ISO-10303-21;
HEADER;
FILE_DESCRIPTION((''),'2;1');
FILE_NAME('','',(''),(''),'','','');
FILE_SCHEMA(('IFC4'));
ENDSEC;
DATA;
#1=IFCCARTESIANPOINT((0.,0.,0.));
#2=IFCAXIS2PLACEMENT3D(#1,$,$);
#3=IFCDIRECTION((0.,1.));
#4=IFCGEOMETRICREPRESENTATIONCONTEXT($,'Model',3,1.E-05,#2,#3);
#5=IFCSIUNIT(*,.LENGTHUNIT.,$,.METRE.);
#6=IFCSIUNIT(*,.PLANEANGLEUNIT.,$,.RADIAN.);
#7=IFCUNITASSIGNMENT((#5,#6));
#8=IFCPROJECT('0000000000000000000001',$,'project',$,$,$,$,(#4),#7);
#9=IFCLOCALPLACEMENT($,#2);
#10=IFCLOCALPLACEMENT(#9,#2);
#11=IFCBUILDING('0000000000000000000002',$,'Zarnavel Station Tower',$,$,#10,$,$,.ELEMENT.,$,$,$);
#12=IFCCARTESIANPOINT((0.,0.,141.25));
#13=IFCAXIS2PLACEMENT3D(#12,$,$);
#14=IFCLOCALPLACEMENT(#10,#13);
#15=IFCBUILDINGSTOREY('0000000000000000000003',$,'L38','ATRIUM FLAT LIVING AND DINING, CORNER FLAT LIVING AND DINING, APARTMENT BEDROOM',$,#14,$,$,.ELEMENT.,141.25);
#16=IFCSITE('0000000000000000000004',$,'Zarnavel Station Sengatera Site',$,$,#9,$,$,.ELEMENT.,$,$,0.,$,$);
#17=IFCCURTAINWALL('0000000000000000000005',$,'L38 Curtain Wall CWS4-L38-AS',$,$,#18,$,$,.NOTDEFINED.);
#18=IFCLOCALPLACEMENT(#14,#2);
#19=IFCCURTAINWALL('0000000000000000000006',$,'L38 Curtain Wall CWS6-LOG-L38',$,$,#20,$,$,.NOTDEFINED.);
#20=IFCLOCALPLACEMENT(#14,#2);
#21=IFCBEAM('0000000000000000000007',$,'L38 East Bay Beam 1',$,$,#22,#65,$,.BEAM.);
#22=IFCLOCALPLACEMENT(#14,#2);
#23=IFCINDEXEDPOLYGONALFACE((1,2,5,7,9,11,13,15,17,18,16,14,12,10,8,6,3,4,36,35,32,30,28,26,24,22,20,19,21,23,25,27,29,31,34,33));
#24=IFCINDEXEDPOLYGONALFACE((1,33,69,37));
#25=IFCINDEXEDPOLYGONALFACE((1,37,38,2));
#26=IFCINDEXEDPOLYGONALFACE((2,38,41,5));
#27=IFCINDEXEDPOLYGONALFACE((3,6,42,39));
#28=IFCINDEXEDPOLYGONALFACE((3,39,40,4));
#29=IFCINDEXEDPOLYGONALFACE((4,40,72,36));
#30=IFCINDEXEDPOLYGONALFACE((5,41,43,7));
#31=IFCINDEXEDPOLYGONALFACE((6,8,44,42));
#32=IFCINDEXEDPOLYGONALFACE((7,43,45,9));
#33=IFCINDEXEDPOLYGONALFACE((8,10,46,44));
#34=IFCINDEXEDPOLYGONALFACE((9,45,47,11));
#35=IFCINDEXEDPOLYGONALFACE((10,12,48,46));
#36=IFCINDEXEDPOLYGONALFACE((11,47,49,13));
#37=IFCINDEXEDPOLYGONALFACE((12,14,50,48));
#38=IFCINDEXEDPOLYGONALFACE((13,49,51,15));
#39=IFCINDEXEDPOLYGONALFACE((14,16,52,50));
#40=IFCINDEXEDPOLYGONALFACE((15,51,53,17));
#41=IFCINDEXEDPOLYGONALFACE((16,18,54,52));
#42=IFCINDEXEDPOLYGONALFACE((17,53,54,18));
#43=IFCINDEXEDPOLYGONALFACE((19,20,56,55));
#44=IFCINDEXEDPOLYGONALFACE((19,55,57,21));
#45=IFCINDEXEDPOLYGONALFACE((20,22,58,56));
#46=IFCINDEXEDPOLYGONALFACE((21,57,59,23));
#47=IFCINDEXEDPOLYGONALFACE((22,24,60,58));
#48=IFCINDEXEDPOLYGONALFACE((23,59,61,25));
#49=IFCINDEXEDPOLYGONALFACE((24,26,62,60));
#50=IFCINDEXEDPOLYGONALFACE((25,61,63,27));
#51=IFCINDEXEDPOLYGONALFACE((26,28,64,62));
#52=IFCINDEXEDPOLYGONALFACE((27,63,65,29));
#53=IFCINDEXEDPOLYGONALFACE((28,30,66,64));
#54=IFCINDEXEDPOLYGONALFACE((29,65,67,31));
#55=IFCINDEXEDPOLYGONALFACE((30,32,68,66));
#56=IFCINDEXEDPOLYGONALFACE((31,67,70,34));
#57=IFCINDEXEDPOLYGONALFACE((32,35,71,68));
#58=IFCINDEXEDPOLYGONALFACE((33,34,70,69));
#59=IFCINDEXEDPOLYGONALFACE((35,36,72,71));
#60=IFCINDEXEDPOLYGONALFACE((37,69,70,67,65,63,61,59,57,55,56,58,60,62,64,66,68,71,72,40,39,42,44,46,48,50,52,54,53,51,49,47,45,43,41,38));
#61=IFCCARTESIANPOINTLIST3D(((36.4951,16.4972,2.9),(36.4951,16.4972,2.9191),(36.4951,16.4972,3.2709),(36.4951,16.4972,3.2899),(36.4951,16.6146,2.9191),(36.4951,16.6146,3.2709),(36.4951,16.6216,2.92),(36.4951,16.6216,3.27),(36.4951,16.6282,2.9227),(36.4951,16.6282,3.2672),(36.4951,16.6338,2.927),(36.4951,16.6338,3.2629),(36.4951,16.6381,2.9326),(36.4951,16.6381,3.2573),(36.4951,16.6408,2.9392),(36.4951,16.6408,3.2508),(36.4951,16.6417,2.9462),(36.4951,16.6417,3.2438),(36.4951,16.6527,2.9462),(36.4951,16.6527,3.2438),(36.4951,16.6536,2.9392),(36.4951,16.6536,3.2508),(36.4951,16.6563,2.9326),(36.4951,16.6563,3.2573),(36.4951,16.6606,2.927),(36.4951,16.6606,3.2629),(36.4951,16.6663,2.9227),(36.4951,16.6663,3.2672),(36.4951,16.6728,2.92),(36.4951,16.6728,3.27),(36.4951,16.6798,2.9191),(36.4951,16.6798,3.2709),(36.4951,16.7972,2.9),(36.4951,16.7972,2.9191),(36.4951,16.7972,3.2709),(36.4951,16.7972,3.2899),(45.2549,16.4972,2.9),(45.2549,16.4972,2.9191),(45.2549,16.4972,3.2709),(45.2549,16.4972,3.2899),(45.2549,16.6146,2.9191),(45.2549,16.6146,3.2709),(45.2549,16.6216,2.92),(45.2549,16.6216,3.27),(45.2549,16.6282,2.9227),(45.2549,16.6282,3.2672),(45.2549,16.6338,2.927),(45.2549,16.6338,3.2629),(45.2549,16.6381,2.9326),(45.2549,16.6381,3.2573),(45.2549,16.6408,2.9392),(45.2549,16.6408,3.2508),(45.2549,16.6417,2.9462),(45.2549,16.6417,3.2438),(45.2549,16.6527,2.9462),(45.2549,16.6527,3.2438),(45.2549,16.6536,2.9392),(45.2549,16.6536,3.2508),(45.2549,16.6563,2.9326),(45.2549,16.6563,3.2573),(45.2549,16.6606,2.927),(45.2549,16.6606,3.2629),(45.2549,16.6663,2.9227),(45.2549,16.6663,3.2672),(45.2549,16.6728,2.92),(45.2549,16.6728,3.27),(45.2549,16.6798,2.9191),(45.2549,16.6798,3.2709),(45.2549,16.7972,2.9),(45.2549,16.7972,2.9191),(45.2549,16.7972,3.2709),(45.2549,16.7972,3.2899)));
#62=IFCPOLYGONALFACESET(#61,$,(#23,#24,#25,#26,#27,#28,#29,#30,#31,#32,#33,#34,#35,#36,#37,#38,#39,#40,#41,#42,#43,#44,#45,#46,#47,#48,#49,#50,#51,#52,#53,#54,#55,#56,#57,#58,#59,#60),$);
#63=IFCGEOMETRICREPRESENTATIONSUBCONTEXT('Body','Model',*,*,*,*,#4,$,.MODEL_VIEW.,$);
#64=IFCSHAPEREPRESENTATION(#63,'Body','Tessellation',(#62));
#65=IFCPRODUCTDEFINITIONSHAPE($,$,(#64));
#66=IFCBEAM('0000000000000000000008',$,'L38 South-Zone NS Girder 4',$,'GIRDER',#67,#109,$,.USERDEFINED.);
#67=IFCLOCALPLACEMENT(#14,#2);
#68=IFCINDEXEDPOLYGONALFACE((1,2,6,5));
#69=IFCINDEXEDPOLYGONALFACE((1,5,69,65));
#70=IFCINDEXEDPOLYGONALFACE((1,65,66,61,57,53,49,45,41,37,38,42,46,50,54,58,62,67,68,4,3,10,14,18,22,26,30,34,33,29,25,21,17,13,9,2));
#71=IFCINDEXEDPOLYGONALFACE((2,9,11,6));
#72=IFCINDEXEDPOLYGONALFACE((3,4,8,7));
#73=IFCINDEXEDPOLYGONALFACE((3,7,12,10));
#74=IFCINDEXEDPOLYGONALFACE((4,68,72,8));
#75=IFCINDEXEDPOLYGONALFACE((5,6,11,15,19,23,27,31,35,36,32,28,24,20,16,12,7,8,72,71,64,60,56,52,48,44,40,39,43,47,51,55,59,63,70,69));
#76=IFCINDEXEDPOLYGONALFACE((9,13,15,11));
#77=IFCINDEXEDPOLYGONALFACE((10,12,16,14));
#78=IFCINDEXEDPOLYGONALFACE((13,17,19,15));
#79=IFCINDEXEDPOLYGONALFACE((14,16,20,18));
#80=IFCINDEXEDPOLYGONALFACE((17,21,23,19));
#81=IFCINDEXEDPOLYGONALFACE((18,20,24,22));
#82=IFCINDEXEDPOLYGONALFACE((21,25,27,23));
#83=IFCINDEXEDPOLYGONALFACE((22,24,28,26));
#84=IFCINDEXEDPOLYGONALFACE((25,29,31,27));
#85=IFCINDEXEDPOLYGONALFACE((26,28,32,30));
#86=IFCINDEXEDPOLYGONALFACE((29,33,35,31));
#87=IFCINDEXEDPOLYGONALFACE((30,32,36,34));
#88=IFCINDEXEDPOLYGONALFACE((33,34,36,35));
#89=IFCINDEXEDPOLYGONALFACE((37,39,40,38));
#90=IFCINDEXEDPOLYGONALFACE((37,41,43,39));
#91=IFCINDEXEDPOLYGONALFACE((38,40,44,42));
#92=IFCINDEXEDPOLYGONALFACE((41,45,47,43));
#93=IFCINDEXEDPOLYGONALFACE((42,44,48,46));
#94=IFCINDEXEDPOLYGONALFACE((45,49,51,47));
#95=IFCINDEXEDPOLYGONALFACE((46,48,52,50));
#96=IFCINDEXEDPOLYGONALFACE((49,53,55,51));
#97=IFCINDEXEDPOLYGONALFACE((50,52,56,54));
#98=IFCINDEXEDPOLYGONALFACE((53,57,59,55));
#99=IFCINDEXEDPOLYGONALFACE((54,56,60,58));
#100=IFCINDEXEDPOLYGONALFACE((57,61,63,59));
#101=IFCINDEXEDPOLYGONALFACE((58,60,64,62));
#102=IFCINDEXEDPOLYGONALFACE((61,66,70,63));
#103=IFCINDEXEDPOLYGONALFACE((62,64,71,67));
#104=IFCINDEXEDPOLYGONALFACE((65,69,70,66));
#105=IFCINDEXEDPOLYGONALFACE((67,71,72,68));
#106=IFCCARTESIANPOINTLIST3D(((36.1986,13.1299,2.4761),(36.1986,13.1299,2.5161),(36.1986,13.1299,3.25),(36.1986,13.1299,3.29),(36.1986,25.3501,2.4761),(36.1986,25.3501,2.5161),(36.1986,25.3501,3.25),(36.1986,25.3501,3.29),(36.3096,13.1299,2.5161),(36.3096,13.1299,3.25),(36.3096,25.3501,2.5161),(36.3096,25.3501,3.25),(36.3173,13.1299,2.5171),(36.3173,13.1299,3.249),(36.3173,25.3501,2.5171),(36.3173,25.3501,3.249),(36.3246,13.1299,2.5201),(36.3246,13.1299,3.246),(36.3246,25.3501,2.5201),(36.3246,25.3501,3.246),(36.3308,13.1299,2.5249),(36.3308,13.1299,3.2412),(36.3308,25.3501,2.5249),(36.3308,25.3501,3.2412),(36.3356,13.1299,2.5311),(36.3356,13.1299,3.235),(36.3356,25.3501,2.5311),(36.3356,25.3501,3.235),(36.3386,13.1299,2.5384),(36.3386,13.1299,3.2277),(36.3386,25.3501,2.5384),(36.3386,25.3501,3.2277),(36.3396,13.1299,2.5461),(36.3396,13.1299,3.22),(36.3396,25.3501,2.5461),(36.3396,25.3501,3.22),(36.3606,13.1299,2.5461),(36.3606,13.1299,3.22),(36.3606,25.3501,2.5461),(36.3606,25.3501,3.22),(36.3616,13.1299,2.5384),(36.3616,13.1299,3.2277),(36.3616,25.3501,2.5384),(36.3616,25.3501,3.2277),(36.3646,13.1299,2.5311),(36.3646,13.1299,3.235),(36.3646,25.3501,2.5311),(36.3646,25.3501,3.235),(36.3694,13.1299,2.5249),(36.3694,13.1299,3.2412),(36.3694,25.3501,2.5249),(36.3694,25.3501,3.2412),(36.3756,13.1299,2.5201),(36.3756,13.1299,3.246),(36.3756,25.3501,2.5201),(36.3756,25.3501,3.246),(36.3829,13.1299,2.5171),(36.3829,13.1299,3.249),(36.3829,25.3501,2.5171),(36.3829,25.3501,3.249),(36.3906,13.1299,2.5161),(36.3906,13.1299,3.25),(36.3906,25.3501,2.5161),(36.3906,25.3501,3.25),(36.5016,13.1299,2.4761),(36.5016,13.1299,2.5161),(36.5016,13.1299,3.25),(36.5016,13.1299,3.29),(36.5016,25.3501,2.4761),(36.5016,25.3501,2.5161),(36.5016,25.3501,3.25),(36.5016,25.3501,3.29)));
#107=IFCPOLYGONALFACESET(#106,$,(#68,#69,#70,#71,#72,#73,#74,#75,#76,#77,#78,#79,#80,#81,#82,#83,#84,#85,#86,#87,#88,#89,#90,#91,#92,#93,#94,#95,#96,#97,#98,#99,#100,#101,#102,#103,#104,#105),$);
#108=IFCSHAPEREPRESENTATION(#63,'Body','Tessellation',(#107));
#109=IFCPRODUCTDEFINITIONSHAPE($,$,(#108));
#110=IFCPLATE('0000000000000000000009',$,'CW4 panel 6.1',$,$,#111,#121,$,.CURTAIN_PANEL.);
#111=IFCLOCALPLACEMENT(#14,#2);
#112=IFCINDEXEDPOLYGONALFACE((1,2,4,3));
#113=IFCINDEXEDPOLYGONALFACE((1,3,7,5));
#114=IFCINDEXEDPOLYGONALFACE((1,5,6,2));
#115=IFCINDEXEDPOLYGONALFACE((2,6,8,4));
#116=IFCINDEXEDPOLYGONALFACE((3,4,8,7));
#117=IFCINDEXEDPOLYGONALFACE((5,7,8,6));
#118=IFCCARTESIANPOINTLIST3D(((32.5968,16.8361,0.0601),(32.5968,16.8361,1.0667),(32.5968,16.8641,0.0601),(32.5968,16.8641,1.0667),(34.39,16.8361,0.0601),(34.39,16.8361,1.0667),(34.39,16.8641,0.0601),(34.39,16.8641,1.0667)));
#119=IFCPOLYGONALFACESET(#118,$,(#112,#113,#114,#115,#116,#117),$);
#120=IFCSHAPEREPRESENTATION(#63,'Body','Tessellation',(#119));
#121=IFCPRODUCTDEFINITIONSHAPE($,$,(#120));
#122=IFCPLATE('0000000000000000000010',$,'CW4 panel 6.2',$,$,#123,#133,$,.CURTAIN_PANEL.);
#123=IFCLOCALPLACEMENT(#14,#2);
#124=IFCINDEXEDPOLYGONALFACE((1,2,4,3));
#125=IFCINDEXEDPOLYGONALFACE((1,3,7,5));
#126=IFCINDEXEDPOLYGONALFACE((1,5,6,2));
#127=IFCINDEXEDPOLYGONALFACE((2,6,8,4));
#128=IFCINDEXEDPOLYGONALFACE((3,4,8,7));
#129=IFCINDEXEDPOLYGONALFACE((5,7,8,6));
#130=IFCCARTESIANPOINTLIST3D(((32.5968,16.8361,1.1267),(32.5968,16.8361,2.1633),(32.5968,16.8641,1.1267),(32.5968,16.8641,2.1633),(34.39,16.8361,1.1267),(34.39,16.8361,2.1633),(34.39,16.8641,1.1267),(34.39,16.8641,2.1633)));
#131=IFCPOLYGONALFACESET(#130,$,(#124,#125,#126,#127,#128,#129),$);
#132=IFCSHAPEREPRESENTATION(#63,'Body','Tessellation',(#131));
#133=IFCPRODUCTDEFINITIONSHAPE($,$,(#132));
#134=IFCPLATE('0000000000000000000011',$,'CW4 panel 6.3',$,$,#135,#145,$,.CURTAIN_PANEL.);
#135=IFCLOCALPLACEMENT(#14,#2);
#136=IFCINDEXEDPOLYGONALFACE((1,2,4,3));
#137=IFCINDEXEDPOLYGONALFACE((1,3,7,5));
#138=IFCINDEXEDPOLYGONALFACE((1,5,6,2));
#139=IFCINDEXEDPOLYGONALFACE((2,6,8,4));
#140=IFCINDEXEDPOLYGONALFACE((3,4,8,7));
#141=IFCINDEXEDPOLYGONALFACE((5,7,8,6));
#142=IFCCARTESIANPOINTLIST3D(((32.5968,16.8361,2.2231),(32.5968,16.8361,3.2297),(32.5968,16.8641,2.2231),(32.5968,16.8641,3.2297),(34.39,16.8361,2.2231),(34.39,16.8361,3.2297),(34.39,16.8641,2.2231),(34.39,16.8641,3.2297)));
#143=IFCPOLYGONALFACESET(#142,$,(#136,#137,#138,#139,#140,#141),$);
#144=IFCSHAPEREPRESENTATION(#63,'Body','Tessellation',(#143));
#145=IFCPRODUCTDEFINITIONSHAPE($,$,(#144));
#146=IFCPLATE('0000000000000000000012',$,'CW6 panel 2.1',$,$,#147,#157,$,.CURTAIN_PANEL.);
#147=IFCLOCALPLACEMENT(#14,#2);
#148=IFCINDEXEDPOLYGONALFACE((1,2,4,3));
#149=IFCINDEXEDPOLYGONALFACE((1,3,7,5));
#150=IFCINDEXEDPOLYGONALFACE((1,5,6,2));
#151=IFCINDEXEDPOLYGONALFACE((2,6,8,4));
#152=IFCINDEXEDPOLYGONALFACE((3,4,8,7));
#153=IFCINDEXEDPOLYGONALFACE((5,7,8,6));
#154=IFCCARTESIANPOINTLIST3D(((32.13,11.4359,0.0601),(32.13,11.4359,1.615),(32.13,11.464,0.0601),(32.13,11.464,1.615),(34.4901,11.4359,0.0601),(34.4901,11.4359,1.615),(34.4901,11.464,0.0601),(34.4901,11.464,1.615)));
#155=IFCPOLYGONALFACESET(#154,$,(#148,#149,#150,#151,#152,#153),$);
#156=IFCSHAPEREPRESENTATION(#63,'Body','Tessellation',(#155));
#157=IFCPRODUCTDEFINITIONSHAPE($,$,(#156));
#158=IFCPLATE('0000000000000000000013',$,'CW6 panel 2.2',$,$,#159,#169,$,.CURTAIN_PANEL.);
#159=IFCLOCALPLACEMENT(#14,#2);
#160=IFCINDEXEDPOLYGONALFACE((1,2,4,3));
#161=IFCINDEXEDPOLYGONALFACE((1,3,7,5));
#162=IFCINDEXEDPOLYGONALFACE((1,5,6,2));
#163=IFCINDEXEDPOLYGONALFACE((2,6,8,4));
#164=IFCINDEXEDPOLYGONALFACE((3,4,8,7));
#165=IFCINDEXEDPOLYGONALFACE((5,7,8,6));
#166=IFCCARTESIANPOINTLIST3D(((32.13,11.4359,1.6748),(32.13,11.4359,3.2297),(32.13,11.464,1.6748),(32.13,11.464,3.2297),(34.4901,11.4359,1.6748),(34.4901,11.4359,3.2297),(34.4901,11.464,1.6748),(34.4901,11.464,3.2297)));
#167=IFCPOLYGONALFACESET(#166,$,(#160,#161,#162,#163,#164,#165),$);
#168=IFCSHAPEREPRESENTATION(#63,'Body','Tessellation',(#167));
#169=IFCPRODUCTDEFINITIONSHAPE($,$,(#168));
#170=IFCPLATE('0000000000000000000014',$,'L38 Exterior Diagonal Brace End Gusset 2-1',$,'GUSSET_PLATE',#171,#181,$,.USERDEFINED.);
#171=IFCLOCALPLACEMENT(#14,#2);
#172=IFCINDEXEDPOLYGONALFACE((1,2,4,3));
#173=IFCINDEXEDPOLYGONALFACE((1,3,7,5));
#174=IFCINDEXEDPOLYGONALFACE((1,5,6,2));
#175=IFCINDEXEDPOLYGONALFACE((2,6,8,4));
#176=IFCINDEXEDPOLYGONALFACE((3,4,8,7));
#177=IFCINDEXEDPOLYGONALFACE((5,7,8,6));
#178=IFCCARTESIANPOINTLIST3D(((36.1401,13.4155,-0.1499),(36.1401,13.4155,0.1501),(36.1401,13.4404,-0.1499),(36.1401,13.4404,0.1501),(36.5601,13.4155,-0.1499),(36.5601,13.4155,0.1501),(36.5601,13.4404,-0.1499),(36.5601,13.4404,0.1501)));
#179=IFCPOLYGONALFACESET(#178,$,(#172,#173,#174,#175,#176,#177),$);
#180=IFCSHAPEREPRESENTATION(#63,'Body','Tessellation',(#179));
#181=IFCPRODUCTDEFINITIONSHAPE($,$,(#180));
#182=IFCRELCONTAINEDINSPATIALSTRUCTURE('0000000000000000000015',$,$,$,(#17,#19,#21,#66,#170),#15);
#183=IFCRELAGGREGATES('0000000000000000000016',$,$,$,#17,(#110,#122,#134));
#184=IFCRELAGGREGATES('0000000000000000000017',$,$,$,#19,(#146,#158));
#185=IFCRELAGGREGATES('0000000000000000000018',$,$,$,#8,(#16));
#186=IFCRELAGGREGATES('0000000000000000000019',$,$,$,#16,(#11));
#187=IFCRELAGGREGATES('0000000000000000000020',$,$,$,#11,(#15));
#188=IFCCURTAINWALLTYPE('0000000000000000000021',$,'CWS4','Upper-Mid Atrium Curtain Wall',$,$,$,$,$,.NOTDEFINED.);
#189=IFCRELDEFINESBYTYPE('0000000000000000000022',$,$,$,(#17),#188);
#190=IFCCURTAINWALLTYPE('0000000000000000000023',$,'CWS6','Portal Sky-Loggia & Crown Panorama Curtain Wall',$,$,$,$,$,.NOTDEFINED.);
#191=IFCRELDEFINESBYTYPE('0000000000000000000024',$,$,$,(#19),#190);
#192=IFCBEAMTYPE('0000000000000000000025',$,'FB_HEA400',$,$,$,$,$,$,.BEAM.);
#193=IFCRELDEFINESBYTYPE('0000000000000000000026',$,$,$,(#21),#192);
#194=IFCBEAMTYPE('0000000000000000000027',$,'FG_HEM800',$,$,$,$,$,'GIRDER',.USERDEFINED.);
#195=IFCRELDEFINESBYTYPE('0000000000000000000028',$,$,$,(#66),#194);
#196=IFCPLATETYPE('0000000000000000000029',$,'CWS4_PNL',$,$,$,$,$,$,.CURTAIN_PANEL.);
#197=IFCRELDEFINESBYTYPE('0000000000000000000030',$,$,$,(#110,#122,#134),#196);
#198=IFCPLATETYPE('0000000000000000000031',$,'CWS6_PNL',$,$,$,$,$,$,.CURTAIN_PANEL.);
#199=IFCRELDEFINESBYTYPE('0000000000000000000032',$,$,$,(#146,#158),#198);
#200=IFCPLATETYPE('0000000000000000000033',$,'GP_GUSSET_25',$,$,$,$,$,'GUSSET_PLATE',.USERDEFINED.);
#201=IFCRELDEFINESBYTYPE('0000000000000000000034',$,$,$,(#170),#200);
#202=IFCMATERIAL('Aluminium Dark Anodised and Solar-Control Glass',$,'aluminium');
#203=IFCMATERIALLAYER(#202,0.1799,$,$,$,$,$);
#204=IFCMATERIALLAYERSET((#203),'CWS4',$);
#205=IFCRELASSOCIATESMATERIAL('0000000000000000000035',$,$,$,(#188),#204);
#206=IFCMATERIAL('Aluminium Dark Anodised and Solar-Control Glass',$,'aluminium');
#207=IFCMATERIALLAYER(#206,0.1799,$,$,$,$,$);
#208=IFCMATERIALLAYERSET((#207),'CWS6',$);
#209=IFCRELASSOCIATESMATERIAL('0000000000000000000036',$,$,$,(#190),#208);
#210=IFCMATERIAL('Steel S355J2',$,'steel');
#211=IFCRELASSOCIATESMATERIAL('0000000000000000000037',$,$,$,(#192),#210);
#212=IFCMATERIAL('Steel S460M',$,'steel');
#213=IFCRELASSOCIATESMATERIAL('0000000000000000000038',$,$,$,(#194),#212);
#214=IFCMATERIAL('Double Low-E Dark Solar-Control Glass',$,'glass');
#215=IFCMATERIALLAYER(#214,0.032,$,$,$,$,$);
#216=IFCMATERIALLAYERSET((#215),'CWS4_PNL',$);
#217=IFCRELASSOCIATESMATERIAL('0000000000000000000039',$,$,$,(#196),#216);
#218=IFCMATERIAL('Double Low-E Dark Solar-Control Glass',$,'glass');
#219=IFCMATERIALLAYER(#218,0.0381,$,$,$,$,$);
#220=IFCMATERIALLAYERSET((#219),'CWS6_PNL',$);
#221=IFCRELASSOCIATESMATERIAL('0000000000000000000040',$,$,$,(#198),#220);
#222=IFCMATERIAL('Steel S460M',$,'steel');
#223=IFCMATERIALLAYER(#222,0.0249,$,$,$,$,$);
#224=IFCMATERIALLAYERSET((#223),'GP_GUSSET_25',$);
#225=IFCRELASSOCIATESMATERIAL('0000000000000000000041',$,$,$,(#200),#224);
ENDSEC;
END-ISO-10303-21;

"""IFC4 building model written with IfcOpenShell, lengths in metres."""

from ifc_helpers import new_model, si_unit, direction, frame, origin, origin_2d, place, context, subcontext, project, spatial, rectangle, i_section, extrude, material, layer, layer_set, material_profile, profile_set, type_object, element, aggregate, save


model = new_model("IFC4")

# Units and contexts
model_context = context("Model", 3, precision=1e-05, world=origin(), true_north=direction((0.0, 1.0)))
body_context = subcontext(model_context, "Body", "Model", "MODEL_VIEW")
ifc_project = project(units=[si_unit("LENGTHUNIT", "METRE"), si_unit("PLANEANGLEUNIT", "RADIAN")], contexts=[model_context])

# Site, building, storey
site_placement = place(None, origin())
site = spatial("IfcSite", under=ifc_project, at=site_placement, Name="Zarnavel Station Sengatera Site", CompositionType="ELEMENT", RefElevation=0.0)
building_placement = place(site_placement, origin())
building = spatial("IfcBuilding", under=site, at=building_placement, Name="Zarnavel Station Tower", CompositionType="ELEMENT")
storey_placement = place(building_placement, frame((0.0, 0.0, 141.25)))
storey = spatial("IfcBuildingStorey", under=building, at=storey_placement, Name="L38", Description="ATRIUM FLAT LIVING AND DINING, CORNER FLAT LIVING AND DINING, APARTMENT BEDROOM", CompositionType="ELEMENT", Elevation=141.25)

# Curtain walls
ifc_material_1 = material(Name="Aluminium Dark Anodised and Solar-Control Glass", Category="aluminium")
ifc_layer_1 = layer(ifc_material_1, 0.1799)
ifc_layer_set_1 = layer_set([ifc_layer_1], Name="CWS4")
curtain_wall_type_1 = type_object("IfcCurtainWallType", Name="CWS4", Description="Upper-Mid Atrium Curtain Wall", PredefinedType="NOTDEFINED", material=ifc_layer_set_1)
curtain_wall_1_placement = place(storey_placement, origin())
curtain_wall_1 = element("IfcCurtainWall", 1, at=curtain_wall_1_placement, inside=storey, type_object=curtain_wall_type_1, Name="L38 Curtain Wall CWS4-L38-AS", PredefinedType="NOTDEFINED")
ifc_material_2 = material(Name="Aluminium Dark Anodised and Solar-Control Glass", Category="aluminium")
ifc_layer_2 = layer(ifc_material_2, 0.1799)
ifc_layer_set_2 = layer_set([ifc_layer_2], Name="CWS6")
curtain_wall_type_2 = type_object("IfcCurtainWallType", Name="CWS6", Description="Portal Sky-Loggia & Crown Panorama Curtain Wall", PredefinedType="NOTDEFINED", material=ifc_layer_set_2)
curtain_wall_2_placement = place(storey_placement, origin())
curtain_wall_2 = element("IfcCurtainWall", 2, at=curtain_wall_2_placement, inside=storey, type_object=curtain_wall_type_2, Name="L38 Curtain Wall CWS6-LOG-L38", PredefinedType="NOTDEFINED")

# Beams
ifc_material_3 = material(Name="Steel S355J2", Category="steel")
ifc_material_profile_1 = material_profile(ifc_material_3, i_section(OverallWidth=0.3, OverallDepth=0.3899, WebThickness=0.011, FlangeThickness=0.019, FilletRadius=0.0271, at=origin_2d()), Name="HEA400")
ifc_profile_set_1 = profile_set([ifc_material_profile_1], Name="Steel S355J2")
beam_type_1 = type_object("IfcBeamType", Name="FB_HEA400", PredefinedType="BEAM", material=ifc_profile_set_1)
beam_1_placement = place(storey_placement, frame((36.4951, 16.6472, 3.095), z_axis=(1.0, 0.0, 0.0), x_axis=(0.0, 1.0, 0.0)))
element("IfcBeam", 3, at=beam_1_placement, inside=storey, type_object=beam_type_1, Name="L38 East Bay Beam 1", PredefinedType="BEAM", context=body_context, shape_type="SweptSolid", body=[
    extrude(i_section(OverallWidth=0.3, OverallDepth=0.3899, WebThickness=0.011, FlangeThickness=0.019, FilletRadius=0.0271, at=origin_2d()), origin(), (0.0, 0.0, 1.0), 8.7598),
])
ifc_material_4 = material(Name="Steel S460M", Category="steel")
ifc_material_profile_2 = material_profile(ifc_material_4, i_section(OverallWidth=0.303, OverallDepth=0.814, WebThickness=0.021, FlangeThickness=0.04, FilletRadius=0.03, at=origin_2d()), Name="HEM800")
ifc_profile_set_2 = profile_set([ifc_material_profile_2], Name="Steel S460M")
beam_type_2 = type_object("IfcBeamType", Name="FG_HEM800", ElementType="GIRDER", PredefinedType="USERDEFINED", material=ifc_profile_set_2)
beam_2_placement = place(storey_placement, frame((36.3501, 13.1299, 2.8831), z_axis=(0.0, 1.0, 0.0), x_axis=(-1.0, 0.0, 0.0)))
element("IfcBeam", 4, at=beam_2_placement, inside=storey, type_object=beam_type_2, Name="L38 South-Zone NS Girder 4", ObjectType="GIRDER", PredefinedType="USERDEFINED", context=body_context, shape_type="SweptSolid", body=[
    extrude(i_section(OverallWidth=0.303, OverallDepth=0.814, WebThickness=0.021, FlangeThickness=0.04, FilletRadius=0.03, at=origin_2d()), origin(), (0.0, 0.0, 1.0), 12.2202),
])

# Plates
ifc_material_5 = material(Name="Double Low-E Dark Solar-Control Glass", Category="glass")
ifc_layer_3 = layer(ifc_material_5, 0.032)
ifc_layer_set_3 = layer_set([ifc_layer_3], Name="CWS4_PNL")
plate_type_1 = type_object("IfcPlateType", Name="CWS4_PNL", PredefinedType="CURTAIN_PANEL", material=ifc_layer_set_3)
plate_1_placement = place(storey_placement, frame((33.4934, 16.8501, 0.0601), z_axis=(0.0, 0.0, 1.0), x_axis=(1.0, 0.0, 0.0)))
plate_1 = element("IfcPlate", 5, at=plate_1_placement, type_object=plate_type_1, Name="CW4 panel 6.1", PredefinedType="CURTAIN_PANEL", context=body_context, shape_type="SweptSolid", body=[
    extrude(rectangle(XDim=1.7932, YDim=0.0281, at=origin_2d()), origin(), (0.0, 0.0, 1.0), 1.0066),
])
plate_2_placement = place(storey_placement, frame((33.4934, 16.8501, 1.1267), z_axis=(0.0, 0.0, 1.0), x_axis=(1.0, 0.0, 0.0)))
plate_2 = element("IfcPlate", 6, at=plate_2_placement, type_object=plate_type_1, Name="CW4 panel 6.2", PredefinedType="CURTAIN_PANEL", context=body_context, shape_type="SweptSolid", body=[
    extrude(rectangle(XDim=1.7932, YDim=0.0281, at=origin_2d()), origin(), (0.0, 0.0, 1.0), 1.0366),
])
plate_3_placement = place(storey_placement, frame((33.4934, 16.8501, 2.2231), z_axis=(0.0, 0.0, 1.0), x_axis=(1.0, 0.0, 0.0)))
plate_3 = element("IfcPlate", 7, at=plate_3_placement, type_object=plate_type_1, Name="CW4 panel 6.3", PredefinedType="CURTAIN_PANEL", context=body_context, shape_type="SweptSolid", body=[
    extrude(rectangle(XDim=1.7932, YDim=0.0281, at=origin_2d()), origin(), (0.0, 0.0, 1.0), 1.0066),
])
aggregate(curtain_wall_1, [plate_1, plate_2, plate_3])
ifc_material_6 = material(Name="Double Low-E Dark Solar-Control Glass", Category="glass")
ifc_layer_4 = layer(ifc_material_6, 0.0381)
ifc_layer_set_4 = layer_set([ifc_layer_4], Name="CWS6_PNL")
plate_type_2 = type_object("IfcPlateType", Name="CWS6_PNL", PredefinedType="CURTAIN_PANEL", material=ifc_layer_set_4)
plate_4_placement = place(storey_placement, frame((33.3101, 11.45, 0.0601), z_axis=(0.0, 0.0, 1.0), x_axis=(1.0, 0.0, 0.0)))
plate_4 = element("IfcPlate", 8, at=plate_4_placement, type_object=plate_type_2, Name="CW6 panel 2.1", PredefinedType="CURTAIN_PANEL", context=body_context, shape_type="SweptSolid", body=[
    extrude(rectangle(XDim=2.3601, YDim=0.0281, at=origin_2d()), origin(), (0.0, 0.0, 1.0), 1.5549),
])
plate_5_placement = place(storey_placement, frame((33.3101, 11.45, 1.6748), z_axis=(0.0, 0.0, 1.0), x_axis=(1.0, 0.0, 0.0)))
plate_5 = element("IfcPlate", 9, at=plate_5_placement, type_object=plate_type_2, Name="CW6 panel 2.2", PredefinedType="CURTAIN_PANEL", context=body_context, shape_type="SweptSolid", body=[
    extrude(rectangle(XDim=2.3601, YDim=0.0281, at=origin_2d()), origin(), (0.0, 0.0, 1.0), 1.5549),
])
aggregate(curtain_wall_2, [plate_4, plate_5])
ifc_material_7 = material(Name="Steel S460M", Category="steel")
ifc_layer_5 = layer(ifc_material_7, 0.0249)
ifc_layer_set_5 = layer_set([ifc_layer_5], Name="GP_GUSSET_25")
plate_type_3 = type_object("IfcPlateType", Name="GP_GUSSET_25", ElementType="GUSSET_PLATE", PredefinedType="USERDEFINED", material=ifc_layer_set_5)
plate_6_placement = place(storey_placement, frame((36.3501, 13.428, -0.1499), z_axis=(0.0, 0.0, 1.0), x_axis=(1.0, 0.0, 0.0)))
element("IfcPlate", 10, at=plate_6_placement, inside=storey, type_object=plate_type_3, Name="L38 Exterior Diagonal Brace End Gusset 2-1", ObjectType="GUSSET_PLATE", PredefinedType="USERDEFINED", context=body_context, shape_type="SweptSolid", body=[
    extrude(rectangle(XDim=0.4199, YDim=0.0249, at=origin_2d()), origin(), (0.0, 0.0, 1.0), 0.3),
])

save(model, "model.ifc")
